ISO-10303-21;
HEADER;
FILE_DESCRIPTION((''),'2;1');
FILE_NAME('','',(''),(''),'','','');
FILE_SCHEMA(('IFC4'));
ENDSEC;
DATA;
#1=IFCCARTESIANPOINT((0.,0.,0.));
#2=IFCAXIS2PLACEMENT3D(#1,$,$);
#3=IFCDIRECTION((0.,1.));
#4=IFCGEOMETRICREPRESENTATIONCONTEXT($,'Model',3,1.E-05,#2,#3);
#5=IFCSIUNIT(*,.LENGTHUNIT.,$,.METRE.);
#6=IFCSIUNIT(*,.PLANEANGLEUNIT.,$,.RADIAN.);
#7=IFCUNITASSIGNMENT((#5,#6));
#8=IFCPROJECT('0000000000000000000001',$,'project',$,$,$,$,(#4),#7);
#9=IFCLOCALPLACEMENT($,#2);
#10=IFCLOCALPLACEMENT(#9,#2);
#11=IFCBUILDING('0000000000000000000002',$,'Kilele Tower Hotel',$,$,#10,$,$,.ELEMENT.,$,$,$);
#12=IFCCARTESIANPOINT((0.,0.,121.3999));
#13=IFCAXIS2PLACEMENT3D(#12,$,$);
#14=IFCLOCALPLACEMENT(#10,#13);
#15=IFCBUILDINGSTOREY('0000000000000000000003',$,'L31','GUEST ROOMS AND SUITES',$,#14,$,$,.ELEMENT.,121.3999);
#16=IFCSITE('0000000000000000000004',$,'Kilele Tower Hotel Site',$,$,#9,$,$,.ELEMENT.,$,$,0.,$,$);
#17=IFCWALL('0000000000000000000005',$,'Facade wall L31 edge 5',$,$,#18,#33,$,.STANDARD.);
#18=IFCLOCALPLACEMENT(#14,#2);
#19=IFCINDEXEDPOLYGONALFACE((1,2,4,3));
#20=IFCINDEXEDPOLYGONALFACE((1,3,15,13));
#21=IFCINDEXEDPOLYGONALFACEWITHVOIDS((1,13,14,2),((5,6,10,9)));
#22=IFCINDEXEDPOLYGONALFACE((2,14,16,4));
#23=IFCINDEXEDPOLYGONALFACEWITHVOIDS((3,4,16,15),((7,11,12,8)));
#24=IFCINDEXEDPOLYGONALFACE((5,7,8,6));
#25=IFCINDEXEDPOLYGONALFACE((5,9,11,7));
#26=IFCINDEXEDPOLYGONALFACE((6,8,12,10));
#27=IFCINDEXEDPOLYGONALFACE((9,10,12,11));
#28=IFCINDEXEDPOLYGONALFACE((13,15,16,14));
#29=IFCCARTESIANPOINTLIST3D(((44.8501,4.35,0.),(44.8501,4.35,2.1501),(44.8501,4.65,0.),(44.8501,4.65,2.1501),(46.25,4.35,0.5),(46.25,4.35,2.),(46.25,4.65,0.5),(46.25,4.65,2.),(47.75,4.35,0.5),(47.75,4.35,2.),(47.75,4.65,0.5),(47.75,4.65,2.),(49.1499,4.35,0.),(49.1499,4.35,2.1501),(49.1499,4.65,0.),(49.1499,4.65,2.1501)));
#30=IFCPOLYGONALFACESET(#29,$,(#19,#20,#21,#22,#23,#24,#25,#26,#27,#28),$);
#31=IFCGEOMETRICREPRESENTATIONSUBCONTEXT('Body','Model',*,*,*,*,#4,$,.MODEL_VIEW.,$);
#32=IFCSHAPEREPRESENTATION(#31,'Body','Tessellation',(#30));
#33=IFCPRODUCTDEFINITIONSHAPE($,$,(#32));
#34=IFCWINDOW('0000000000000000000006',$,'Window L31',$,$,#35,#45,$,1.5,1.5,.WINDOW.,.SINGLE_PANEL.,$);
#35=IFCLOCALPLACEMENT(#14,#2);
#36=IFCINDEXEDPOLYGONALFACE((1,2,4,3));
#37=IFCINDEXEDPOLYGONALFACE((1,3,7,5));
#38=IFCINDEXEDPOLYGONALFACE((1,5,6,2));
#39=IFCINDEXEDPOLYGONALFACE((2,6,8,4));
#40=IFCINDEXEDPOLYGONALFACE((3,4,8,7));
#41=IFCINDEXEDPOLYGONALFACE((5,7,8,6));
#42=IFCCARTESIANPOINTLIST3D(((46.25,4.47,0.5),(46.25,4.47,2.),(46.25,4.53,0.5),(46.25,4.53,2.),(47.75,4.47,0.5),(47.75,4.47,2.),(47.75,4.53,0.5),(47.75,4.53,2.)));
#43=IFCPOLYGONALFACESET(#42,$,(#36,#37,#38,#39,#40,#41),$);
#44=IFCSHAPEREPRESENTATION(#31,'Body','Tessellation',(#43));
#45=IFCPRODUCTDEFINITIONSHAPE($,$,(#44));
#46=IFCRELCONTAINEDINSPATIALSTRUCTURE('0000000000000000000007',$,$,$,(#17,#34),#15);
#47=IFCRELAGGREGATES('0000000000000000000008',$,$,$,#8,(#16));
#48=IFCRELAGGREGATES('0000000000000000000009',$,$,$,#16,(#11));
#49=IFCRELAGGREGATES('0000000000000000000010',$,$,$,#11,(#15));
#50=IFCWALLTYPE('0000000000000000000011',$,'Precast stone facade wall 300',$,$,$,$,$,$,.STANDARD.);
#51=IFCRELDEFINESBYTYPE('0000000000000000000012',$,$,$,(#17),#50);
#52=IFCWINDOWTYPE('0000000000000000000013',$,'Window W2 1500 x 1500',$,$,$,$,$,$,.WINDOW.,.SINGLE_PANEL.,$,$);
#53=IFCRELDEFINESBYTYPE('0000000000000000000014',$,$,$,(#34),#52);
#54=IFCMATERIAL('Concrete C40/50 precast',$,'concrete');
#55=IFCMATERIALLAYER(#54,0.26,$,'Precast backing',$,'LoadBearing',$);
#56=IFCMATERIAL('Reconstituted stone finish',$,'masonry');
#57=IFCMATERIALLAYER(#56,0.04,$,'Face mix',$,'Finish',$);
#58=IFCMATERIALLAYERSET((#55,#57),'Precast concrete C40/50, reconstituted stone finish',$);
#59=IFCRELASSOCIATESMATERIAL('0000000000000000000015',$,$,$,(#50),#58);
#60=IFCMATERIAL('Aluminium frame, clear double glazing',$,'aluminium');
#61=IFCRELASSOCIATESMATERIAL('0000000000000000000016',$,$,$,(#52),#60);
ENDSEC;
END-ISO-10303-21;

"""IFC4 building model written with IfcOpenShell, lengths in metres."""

from ifc_helpers import new_model, si_unit, direction, frame, frame_2d, origin, place, context, subcontext, project, spatial, rectangle, extrude, material, layer, layer_set, type_object, element, fill, save


model = new_model("IFC4")

# Units and contexts
model_context = context("Model", 3, precision=1e-05, world=origin(), true_north=direction((0.0, 1.0)))
body_context = subcontext(model_context, "Body", "Model", "MODEL_VIEW")
ifc_project = project(units=[si_unit("LENGTHUNIT", "METRE"), si_unit("PLANEANGLEUNIT", "RADIAN")], contexts=[model_context])

# Site, building, storey
site_placement = place(None, origin())
site = spatial("IfcSite", under=ifc_project, at=site_placement, Name="Kilele Tower Hotel Site", CompositionType="ELEMENT", RefElevation=0.0)
building_placement = place(site_placement, origin())
building = spatial("IfcBuilding", under=site, at=building_placement, Name="Kilele Tower Hotel", CompositionType="ELEMENT")
storey_placement = place(building_placement, frame((0.0, 0.0, 121.3999)))
storey = spatial("IfcBuildingStorey", under=building, at=storey_placement, Name="L31", Description="GUEST ROOMS AND SUITES", CompositionType="ELEMENT", Elevation=121.3999)

# Wall, opening, window
ifc_material_1 = material(Name="Concrete C40/50 precast", Category="concrete")
ifc_layer_1 = layer(ifc_material_1, 0.26, Name="Precast backing", Category="LoadBearing")
ifc_material_2 = material(Name="Reconstituted stone finish", Category="masonry")
ifc_layer_2 = layer(ifc_material_2, 0.04, Name="Face mix", Category="Finish")
ifc_layer_set_1 = layer_set([ifc_layer_1, ifc_layer_2], Name="Precast concrete C40/50, reconstituted stone finish")
wall_type_1 = type_object("IfcWallType", Name="Precast stone facade wall 300", PredefinedType="STANDARD", material=ifc_layer_set_1)
ifc_material_3 = material(Name="Aluminium frame, clear double glazing", Category="aluminium")
window_type = type_object("IfcWindowType", Name="Window W2 1500 x 1500", PartitioningType="SINGLE_PANEL", PredefinedType="WINDOW", material=ifc_material_3)
wall_1_placement = place(storey_placement, frame((44.8501, 4.5, 0.0), z_axis=(0.0, 0.0, 1.0), x_axis=(1.0, 0.0, 0.0)))
wall_1 = element("IfcWall", 1, at=wall_1_placement, inside=storey, type_object=wall_type_1, Name="Facade wall L31 edge 5", PredefinedType="STANDARD", context=body_context, shape_type="SweptSolid", body=[
    extrude(rectangle(XDim=4.2998, YDim=0.3, at=frame_2d((2.1499, 0.0))), origin(), (0.0, 0.0, 1.0), 2.1501),
])
opening_1_placement = place(wall_1_placement, frame((1.3999, 0.0, 0.5)))
opening_1 = element("IfcOpeningElement", 2, at=opening_1_placement, cuts=wall_1, PredefinedType="OPENING", context=body_context, shape_type="SweptSolid", body=[
    extrude(rectangle(XDim=1.5, YDim=1.5, at=frame_2d((0.75, 0.75))), frame((0.0, 0.1599, 0.0), z_axis=(0.0, -1.0, 0.0), x_axis=(1.0, 0.0, 0.0)), (0.0, 0.0, 1.0), 0.3201),
])
window_1_placement = place(opening_1_placement, origin())
window_1 = element("IfcWindow", 3, at=window_1_placement, inside=storey, type_object=window_type, Name="Window L31", OverallHeight=1.5, OverallWidth=1.5, PartitioningType="SINGLE_PANEL", PredefinedType="WINDOW", context=body_context, shape_type="SweptSolid", body=[
    extrude(rectangle(XDim=1.5, YDim=1.5, at=frame_2d((0.75, 0.75))), frame((0.0, 0.03, 0.0), z_axis=(0.0, -1.0, 0.0), x_axis=(1.0, 0.0, 0.0)), (0.0, 0.0, 1.0), 0.0601),
])
fill(opening_1, window_1)

save(model, "model.ifc")
